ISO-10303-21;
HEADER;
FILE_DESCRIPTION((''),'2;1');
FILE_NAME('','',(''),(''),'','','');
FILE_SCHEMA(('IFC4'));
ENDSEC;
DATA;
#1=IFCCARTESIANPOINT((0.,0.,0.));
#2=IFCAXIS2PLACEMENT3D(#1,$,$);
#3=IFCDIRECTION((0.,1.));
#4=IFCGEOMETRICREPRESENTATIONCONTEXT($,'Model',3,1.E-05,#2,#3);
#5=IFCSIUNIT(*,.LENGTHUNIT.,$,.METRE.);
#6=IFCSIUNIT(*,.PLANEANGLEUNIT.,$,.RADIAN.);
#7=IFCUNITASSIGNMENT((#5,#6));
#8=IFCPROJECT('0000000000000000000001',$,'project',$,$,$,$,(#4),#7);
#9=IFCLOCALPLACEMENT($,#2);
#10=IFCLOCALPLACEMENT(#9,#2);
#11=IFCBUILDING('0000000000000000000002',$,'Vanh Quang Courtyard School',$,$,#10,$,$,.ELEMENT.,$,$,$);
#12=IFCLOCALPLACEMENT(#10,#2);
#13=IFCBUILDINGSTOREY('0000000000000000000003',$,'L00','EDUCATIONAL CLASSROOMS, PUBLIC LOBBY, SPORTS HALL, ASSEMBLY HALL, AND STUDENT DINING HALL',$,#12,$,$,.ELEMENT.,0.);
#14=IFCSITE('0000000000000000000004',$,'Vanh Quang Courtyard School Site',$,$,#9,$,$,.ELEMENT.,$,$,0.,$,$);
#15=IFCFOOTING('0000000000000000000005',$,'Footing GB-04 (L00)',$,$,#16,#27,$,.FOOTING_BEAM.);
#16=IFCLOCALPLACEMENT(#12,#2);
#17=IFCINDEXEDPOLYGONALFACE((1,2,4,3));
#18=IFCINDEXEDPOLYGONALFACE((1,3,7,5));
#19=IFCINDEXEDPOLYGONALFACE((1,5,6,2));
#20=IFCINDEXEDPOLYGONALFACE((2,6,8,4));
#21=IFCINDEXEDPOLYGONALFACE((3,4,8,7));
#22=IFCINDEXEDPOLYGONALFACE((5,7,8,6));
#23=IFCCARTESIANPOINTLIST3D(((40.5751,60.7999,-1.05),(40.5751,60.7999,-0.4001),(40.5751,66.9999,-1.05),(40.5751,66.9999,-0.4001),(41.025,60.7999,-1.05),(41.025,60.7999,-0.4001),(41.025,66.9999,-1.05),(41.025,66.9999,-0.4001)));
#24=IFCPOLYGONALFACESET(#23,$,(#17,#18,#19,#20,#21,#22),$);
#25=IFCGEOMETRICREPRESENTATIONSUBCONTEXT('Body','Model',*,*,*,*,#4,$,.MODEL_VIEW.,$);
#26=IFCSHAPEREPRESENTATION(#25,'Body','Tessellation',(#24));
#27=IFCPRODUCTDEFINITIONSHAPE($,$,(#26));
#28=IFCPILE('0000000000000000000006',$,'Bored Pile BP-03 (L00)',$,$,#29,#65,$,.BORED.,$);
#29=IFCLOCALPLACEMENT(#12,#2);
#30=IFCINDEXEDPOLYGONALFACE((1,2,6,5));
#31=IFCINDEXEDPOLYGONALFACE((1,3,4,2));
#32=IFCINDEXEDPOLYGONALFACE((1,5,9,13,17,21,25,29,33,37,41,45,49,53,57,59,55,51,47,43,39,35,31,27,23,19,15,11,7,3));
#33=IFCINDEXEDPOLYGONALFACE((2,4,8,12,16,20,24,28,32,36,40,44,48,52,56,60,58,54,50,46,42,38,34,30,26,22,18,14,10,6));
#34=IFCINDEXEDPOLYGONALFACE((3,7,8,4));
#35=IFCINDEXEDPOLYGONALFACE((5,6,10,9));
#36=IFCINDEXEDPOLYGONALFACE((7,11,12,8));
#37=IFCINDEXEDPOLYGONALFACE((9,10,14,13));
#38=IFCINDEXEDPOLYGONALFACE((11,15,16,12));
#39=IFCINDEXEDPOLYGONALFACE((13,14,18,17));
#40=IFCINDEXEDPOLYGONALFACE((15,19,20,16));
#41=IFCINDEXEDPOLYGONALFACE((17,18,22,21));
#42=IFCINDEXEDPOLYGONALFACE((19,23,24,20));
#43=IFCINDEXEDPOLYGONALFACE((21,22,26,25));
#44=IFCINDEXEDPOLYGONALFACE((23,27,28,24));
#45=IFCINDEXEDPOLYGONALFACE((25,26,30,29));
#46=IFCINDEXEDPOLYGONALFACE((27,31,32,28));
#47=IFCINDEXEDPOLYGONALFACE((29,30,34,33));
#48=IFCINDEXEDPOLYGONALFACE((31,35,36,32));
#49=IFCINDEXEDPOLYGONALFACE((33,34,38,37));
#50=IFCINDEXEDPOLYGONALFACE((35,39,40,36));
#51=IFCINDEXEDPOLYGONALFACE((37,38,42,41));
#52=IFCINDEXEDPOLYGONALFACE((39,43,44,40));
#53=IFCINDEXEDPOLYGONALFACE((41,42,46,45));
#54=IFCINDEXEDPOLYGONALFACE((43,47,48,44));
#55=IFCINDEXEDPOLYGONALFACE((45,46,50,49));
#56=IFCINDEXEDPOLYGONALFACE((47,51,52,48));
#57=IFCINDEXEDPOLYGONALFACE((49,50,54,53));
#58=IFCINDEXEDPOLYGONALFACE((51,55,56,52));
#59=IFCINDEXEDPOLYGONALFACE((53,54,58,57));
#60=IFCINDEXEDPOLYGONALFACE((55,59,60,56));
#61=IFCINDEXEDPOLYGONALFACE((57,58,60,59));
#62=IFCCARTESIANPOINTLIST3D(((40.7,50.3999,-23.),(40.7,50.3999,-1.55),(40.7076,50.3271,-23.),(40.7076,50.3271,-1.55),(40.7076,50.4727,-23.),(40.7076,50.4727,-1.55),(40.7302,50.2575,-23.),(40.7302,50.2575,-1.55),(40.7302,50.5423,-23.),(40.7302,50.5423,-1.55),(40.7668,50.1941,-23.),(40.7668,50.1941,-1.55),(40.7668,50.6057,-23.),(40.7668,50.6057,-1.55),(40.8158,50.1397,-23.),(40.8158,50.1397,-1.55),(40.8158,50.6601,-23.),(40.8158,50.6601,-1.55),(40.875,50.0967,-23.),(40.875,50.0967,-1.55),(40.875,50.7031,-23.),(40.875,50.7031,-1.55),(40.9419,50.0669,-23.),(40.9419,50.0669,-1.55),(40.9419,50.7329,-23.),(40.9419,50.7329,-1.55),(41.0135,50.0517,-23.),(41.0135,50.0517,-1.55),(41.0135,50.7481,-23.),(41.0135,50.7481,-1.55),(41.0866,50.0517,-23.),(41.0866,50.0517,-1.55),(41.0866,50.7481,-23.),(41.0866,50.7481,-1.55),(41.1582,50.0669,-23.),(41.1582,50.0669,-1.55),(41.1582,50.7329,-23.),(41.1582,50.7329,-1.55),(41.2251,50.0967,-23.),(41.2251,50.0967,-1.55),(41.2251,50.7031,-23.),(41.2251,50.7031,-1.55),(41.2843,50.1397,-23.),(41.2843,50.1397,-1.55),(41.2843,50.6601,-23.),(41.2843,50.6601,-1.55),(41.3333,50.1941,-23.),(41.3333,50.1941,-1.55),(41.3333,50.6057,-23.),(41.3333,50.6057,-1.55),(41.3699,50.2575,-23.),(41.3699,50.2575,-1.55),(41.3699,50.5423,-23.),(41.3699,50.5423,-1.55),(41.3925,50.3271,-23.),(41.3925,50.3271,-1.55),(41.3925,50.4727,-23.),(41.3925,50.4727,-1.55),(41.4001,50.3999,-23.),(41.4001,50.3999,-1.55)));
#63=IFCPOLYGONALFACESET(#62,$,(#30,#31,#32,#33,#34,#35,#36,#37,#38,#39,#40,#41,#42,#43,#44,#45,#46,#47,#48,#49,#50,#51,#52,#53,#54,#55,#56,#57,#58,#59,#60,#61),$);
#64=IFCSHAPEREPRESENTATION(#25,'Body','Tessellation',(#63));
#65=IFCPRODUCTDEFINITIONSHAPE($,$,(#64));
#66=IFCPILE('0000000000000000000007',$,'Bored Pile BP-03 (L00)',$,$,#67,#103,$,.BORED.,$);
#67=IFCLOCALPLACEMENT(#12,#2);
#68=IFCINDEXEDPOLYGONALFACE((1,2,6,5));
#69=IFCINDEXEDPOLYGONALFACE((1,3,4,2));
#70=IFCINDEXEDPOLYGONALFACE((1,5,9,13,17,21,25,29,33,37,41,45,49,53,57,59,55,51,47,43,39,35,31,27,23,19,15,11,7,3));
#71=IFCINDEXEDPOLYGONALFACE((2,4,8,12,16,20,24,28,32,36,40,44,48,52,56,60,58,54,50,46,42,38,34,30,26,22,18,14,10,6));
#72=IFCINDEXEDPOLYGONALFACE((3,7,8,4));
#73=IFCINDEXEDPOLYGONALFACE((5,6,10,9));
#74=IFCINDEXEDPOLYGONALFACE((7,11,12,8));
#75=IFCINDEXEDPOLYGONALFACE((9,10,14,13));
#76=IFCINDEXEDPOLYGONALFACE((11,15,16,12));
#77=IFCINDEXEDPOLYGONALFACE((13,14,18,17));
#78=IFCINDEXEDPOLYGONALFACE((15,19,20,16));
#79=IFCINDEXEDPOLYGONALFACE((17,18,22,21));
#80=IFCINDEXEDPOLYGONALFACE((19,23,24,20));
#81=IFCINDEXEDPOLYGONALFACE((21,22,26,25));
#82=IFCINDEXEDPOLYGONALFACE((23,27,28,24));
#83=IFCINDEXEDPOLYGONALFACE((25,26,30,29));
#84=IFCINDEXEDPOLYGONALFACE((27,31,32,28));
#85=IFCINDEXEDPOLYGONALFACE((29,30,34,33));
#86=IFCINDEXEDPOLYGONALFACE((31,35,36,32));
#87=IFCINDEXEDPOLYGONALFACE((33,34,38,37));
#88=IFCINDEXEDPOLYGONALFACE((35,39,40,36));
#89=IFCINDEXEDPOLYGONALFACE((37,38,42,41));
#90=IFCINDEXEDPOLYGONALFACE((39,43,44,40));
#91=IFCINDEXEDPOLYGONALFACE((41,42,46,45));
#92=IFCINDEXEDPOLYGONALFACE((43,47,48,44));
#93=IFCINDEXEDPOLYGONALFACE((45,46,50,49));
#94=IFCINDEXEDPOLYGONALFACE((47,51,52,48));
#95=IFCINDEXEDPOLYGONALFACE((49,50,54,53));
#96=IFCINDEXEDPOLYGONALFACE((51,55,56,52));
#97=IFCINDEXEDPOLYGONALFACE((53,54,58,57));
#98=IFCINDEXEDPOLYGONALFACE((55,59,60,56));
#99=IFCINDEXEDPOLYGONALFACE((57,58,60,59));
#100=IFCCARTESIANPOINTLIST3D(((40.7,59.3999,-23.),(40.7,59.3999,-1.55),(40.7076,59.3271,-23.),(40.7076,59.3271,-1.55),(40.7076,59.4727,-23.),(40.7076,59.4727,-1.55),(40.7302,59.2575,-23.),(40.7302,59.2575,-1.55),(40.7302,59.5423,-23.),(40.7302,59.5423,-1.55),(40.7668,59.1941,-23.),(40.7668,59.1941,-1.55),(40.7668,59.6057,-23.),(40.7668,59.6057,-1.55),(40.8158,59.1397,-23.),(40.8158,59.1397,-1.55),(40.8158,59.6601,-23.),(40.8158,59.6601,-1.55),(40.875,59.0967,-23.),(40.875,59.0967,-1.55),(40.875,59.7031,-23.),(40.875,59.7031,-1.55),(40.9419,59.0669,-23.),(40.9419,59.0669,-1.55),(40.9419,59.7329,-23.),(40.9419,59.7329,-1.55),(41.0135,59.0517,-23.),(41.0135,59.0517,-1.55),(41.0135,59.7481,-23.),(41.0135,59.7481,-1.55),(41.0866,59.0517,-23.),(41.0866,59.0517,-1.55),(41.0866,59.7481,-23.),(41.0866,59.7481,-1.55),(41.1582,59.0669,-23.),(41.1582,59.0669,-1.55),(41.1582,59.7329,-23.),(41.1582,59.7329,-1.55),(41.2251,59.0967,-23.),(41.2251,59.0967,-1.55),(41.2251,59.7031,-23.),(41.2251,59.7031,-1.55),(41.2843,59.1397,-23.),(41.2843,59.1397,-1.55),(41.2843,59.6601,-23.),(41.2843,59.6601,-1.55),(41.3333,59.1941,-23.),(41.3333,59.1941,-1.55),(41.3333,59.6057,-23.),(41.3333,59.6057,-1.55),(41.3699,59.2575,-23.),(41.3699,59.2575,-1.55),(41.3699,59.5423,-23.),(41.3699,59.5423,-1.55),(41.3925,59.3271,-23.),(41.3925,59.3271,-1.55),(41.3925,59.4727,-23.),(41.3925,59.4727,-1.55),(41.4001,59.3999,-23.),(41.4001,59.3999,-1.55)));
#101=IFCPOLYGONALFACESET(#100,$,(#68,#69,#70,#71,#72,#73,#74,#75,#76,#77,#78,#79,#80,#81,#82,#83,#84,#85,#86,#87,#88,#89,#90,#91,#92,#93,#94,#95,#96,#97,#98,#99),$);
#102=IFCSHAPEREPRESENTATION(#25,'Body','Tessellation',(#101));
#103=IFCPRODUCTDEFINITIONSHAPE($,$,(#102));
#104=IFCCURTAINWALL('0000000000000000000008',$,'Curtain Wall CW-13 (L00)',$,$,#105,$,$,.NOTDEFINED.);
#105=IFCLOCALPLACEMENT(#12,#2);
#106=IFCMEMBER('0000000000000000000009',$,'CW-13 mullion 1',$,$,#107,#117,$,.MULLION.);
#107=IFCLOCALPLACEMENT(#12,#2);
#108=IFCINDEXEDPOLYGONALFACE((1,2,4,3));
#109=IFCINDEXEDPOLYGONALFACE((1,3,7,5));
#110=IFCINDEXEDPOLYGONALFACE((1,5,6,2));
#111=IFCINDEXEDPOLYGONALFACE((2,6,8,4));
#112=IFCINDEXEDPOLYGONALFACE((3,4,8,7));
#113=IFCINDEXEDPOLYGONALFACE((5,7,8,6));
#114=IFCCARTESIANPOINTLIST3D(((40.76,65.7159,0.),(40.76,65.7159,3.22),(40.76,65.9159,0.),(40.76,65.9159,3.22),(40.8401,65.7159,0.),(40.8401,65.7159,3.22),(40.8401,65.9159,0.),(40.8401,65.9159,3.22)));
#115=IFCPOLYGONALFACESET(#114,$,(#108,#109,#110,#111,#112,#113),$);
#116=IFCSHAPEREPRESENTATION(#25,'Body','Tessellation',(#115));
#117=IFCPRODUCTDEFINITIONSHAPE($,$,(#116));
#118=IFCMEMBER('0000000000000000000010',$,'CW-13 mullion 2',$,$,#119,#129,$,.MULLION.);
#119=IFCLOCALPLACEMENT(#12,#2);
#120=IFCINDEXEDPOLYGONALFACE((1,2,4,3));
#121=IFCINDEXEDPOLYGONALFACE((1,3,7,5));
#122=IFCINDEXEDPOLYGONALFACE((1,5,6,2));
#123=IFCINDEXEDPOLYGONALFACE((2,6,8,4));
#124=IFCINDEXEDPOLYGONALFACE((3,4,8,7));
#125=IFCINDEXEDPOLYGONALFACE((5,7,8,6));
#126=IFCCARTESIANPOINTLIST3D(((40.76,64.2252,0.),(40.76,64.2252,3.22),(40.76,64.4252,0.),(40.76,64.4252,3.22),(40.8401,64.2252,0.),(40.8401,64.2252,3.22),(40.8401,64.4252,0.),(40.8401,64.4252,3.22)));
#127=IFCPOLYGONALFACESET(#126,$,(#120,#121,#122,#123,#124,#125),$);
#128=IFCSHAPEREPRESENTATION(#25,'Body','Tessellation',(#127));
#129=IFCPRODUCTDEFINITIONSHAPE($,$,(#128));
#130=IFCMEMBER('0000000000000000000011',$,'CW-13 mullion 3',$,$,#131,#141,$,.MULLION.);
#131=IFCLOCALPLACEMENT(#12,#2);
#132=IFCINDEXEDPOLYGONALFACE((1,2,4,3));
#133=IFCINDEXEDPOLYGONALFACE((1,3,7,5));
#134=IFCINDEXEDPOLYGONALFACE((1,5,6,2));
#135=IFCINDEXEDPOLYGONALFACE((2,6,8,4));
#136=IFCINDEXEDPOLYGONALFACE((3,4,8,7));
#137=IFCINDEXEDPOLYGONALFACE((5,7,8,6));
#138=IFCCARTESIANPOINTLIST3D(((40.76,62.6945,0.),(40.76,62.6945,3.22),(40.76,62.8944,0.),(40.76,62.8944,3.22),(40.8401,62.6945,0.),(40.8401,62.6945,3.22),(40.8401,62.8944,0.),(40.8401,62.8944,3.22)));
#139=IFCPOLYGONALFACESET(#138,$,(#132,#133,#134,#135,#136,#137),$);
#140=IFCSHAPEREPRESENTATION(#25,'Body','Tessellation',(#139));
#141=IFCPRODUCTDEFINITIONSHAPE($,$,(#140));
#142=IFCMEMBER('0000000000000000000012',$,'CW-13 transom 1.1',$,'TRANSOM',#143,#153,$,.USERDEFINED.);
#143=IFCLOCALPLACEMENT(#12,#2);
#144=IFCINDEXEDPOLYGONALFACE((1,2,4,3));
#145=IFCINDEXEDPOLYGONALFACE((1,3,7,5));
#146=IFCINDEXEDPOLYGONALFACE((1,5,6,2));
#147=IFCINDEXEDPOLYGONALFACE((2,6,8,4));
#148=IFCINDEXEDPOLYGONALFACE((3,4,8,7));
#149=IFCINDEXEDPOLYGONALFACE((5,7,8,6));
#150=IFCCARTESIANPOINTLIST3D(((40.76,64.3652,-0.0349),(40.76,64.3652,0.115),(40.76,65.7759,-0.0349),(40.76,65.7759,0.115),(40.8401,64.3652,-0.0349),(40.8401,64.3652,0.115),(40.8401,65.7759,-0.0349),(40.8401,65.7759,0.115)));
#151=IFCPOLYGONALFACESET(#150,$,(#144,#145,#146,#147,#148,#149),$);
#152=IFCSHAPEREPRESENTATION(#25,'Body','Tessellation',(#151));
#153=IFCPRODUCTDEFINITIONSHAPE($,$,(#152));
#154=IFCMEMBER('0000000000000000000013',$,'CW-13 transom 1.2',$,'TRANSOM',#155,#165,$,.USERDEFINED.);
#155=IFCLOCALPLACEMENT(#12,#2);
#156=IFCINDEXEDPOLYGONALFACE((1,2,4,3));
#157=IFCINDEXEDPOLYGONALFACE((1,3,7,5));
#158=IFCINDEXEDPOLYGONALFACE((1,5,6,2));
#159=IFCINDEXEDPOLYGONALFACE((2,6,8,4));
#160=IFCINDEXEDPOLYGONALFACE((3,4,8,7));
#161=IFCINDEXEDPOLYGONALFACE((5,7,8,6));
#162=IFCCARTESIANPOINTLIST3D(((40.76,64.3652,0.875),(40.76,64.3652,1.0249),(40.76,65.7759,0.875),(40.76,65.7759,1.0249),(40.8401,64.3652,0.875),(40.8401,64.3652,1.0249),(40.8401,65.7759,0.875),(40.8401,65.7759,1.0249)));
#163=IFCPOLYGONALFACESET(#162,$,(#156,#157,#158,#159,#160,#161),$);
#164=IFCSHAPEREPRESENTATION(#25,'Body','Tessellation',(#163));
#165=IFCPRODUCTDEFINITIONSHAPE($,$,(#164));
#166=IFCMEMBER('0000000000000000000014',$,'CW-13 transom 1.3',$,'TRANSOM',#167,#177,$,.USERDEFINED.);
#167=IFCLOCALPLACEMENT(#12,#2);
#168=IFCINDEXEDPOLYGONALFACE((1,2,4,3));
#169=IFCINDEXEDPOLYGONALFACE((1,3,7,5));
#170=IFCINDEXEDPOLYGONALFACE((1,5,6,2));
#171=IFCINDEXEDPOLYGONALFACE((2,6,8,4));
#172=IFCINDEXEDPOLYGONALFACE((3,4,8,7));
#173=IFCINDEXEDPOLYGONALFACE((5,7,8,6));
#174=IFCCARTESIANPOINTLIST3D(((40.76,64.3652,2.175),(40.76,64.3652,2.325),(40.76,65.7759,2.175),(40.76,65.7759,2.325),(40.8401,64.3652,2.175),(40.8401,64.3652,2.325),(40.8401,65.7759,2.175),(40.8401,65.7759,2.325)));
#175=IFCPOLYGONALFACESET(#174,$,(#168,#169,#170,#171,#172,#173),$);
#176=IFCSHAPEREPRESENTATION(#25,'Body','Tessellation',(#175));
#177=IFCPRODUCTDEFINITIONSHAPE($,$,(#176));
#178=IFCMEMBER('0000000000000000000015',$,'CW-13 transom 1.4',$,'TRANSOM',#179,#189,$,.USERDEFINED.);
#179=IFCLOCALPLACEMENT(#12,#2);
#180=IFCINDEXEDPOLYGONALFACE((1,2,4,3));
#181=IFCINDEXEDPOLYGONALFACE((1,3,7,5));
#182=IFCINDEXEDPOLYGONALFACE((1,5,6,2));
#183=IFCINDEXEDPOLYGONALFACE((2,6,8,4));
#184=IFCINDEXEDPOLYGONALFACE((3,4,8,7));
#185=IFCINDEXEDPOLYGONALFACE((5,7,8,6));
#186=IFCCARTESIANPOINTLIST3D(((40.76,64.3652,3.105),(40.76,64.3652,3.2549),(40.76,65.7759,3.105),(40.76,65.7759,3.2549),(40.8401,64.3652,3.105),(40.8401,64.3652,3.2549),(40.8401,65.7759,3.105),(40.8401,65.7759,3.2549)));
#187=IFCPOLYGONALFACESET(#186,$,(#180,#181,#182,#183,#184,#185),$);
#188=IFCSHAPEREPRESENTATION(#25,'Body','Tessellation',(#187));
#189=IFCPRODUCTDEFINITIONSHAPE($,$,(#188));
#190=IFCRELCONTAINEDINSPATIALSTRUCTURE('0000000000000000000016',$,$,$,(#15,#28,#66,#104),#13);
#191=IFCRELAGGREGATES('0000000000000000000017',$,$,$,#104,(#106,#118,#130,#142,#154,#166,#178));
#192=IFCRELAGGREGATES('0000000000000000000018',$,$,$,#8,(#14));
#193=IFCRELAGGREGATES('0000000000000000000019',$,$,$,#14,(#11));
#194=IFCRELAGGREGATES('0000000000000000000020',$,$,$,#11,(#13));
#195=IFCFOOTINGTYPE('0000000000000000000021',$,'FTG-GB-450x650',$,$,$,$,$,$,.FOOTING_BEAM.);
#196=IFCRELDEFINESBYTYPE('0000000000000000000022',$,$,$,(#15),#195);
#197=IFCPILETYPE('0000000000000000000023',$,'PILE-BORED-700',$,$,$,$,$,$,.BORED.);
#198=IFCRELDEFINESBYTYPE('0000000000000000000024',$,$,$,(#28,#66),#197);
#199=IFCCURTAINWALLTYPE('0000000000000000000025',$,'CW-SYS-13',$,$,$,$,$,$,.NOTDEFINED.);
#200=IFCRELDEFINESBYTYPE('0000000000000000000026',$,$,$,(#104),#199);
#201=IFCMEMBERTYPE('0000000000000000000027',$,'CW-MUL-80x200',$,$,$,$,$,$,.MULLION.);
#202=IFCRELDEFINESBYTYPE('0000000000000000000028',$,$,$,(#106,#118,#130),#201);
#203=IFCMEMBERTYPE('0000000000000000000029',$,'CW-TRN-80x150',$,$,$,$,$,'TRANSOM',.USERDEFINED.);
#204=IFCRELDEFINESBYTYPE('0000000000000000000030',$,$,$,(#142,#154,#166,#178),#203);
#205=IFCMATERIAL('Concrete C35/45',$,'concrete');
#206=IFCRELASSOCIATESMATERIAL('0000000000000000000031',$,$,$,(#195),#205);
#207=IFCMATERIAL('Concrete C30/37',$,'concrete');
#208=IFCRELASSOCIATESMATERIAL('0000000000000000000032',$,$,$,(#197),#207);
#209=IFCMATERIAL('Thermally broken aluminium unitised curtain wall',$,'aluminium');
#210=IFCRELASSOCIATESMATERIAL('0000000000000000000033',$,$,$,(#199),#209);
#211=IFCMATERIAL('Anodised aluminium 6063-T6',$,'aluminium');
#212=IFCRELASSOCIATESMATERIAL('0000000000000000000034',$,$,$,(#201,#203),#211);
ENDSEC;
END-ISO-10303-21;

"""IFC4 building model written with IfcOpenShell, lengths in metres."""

from ifc_helpers import new_model, si_unit, direction, frame, origin, origin_2d, place, context, subcontext, project, spatial, rectangle, circle, extrude, material, material_profile, profile_set, type_object, element, aggregate, save


model = new_model("IFC4")

# Units and contexts
model_context = context("Model", 3, precision=1e-05, world=origin(), true_north=direction((0.0, 1.0)))
body_context = subcontext(model_context, "Body", "Model", "MODEL_VIEW")
ifc_project = project(units=[si_unit("LENGTHUNIT", "METRE"), si_unit("PLANEANGLEUNIT", "RADIAN")], contexts=[model_context])

# Site, building, storey
site_placement = place(None, origin())
site = spatial("IfcSite", under=ifc_project, at=site_placement, Name="Vanh Quang Courtyard School Site", CompositionType="ELEMENT", RefElevation=0.0)
building_placement = place(site_placement, origin())
building = spatial("IfcBuilding", under=site, at=building_placement, Name="Vanh Quang Courtyard School", CompositionType="ELEMENT")
storey_placement = place(building_placement, origin())
storey = spatial("IfcBuildingStorey", under=building, at=storey_placement, Name="L00", Description="EDUCATIONAL CLASSROOMS, PUBLIC LOBBY, SPORTS HALL, ASSEMBLY HALL, AND STUDENT DINING HALL", CompositionType="ELEMENT", Elevation=0.0)

# Footing
ifc_material_1 = material(Name="Concrete C35/45", Category="concrete")
footing_type = type_object("IfcFootingType", Name="FTG-GB-450x650", PredefinedType="FOOTING_BEAM", material=ifc_material_1)
footing_placement = place(storey_placement, frame((40.8, 63.8999, -1.05), z_axis=(0.0, 0.0, 1.0), x_axis=(0.0, 1.0, 0.0)))
element("IfcFooting", 1, at=footing_placement, inside=storey, type_object=footing_type, Name="Footing GB-04 (L00)", PredefinedType="FOOTING_BEAM", context=body_context, shape_type="SweptSolid", body=[
    extrude(rectangle(XDim=6.2, YDim=0.45, at=origin_2d()), origin(), (0.0, 0.0, 1.0), 0.6499),
])

# Piles
ifc_material_2 = material(Name="Concrete C30/37", Category="concrete")
ifc_material_profile_1 = material_profile(ifc_material_2, circle(Radius=0.3501, at=origin_2d()), Name="PILE D700")
ifc_profile_set_1 = profile_set([ifc_material_profile_1], Name="Concrete C30/37")
pile_type = type_object("IfcPileType", Name="PILE-BORED-700", PredefinedType="BORED", material=ifc_profile_set_1)
for number, where, z_axis, x_axis, name in (
    (2, (41.05, 50.3999, -1.55), (0.0, 0.0, -1.0), (1.0, 0.0, 0.0), "Bored Pile BP-03 (L00)"),
    (3, (41.05, 59.3999, -1.55), (0.0, 0.0, -1.0), (1.0, 0.0, 0.0), "Bored Pile BP-03 (L00)"),
):
    element("IfcPile", number, at=place(storey_placement, frame(where, z_axis=z_axis, x_axis=x_axis)), inside=storey, type_object=pile_type, Name=name, PredefinedType="BORED", context=body_context, shape_type="SweptSolid", body=[
        extrude(circle(Radius=0.3501, at=origin_2d()), origin(), (0.0, 0.0, 1.0), 21.45),
    ])

# Curtain wall, members
ifc_material_3 = material(Name="Thermally broken aluminium unitised curtain wall", Category="aluminium")
curtain_wall_type = type_object("IfcCurtainWallType", Name="CW-SYS-13", PredefinedType="NOTDEFINED", material=ifc_material_3)
curtain_wall_placement = place(storey_placement, origin())
curtain_wall = element("IfcCurtainWall", 4, at=curtain_wall_placement, inside=storey, type_object=curtain_wall_type, Name="Curtain Wall CW-13 (L00)", PredefinedType="NOTDEFINED")
ifc_material_4 = material(Name="Anodised aluminium 6063-T6", Category="aluminium")
ifc_material_profile_2 = material_profile(ifc_material_4, rectangle(XDim=0.0801, YDim=0.2, at=origin_2d()), Name="ALU-MUL 80x200")
ifc_profile_set_2 = profile_set([ifc_material_profile_2], Name="Anodised aluminium 6063-T6")
member_type_1 = type_object("IfcMemberType", Name="CW-MUL-80x200", PredefinedType="MULLION", material=ifc_profile_set_2)
member_1_placement = place(storey_placement, frame((40.8, 65.8159, 0.0), z_axis=(0.0, 0.0, 1.0), x_axis=(1.0, 0.0, 0.0)))
member_1 = element("IfcMember", 5, at=member_1_placement, type_object=member_type_1, Name="CW-13 mullion 1", PredefinedType="MULLION", context=body_context, shape_type="SweptSolid", body=[
    extrude(rectangle(XDim=0.0801, YDim=0.2, at=origin_2d()), origin(), (0.0, 0.0, 1.0), 3.22),
])
member_2_placement = place(storey_placement, frame((40.8, 64.3252, 0.0), z_axis=(0.0, 0.0, 1.0), x_axis=(1.0, 0.0, 0.0)))
member_2 = element("IfcMember", 6, at=member_2_placement, type_object=member_type_1, Name="CW-13 mullion 2", PredefinedType="MULLION", context=body_context, shape_type="SweptSolid", body=[
    extrude(rectangle(XDim=0.0801, YDim=0.2, at=origin_2d()), origin(), (0.0, 0.0, 1.0), 3.22),
])
member_3_placement = place(storey_placement, frame((40.8, 62.7944, 0.0), z_axis=(0.0, 0.0, 1.0), x_axis=(1.0, 0.0, 0.0)))
member_3 = element("IfcMember", 7, at=member_3_placement, type_object=member_type_1, Name="CW-13 mullion 3", PredefinedType="MULLION", context=body_context, shape_type="SweptSolid", body=[
    extrude(rectangle(XDim=0.0801, YDim=0.2, at=origin_2d()), origin(), (0.0, 0.0, 1.0), 3.22),
])
ifc_material_profile_3 = material_profile(ifc_material_4, rectangle(XDim=0.0801, YDim=0.1499, at=origin_2d()), Name="ALU-TRN 80x150")
ifc_profile_set_3 = profile_set([ifc_material_profile_3], Name="Anodised aluminium 6063-T6")
member_type_2 = type_object("IfcMemberType", Name="CW-TRN-80x150", ElementType="TRANSOM", PredefinedType="USERDEFINED", material=ifc_profile_set_3)
member_4_placement = place(storey_placement, frame((40.8, 65.7759, 0.04), z_axis=(0.0, -1.0, 0.0), x_axis=(1.0, 0.0, 0.0)))
member_4 = element("IfcMember", 8, at=member_4_placement, type_object=member_type_2, Name="CW-13 transom 1.1", ObjectType="TRANSOM", PredefinedType="USERDEFINED", context=body_context, shape_type="SweptSolid", body=[
    extrude(rectangle(XDim=0.0801, YDim=0.1499, at=origin_2d()), origin(), (0.0, 0.0, 1.0), 1.4106),
])
member_5_placement = place(storey_placement, frame((40.8, 65.7759, 0.95), z_axis=(0.0, -1.0, 0.0), x_axis=(1.0, 0.0, 0.0)))
member_5 = element("IfcMember", 9, at=member_5_placement, type_object=member_type_2, Name="CW-13 transom 1.2", ObjectType="TRANSOM", PredefinedType="USERDEFINED", context=body_context, shape_type="SweptSolid", body=[
    extrude(rectangle(XDim=0.0801, YDim=0.1499, at=origin_2d()), origin(), (0.0, 0.0, 1.0), 1.4106),
])
member_6_placement = place(storey_placement, frame((40.8, 65.7759, 2.25), z_axis=(0.0, -1.0, 0.0), x_axis=(1.0, 0.0, 0.0)))
member_6 = element("IfcMember", 10, at=member_6_placement, type_object=member_type_2, Name="CW-13 transom 1.3", ObjectType="TRANSOM", PredefinedType="USERDEFINED", context=body_context, shape_type="SweptSolid", body=[
    extrude(rectangle(XDim=0.0801, YDim=0.1499, at=origin_2d()), origin(), (0.0, 0.0, 1.0), 1.4106),
])
member_7_placement = place(storey_placement, frame((40.8, 65.7759, 3.1799), z_axis=(0.0, -1.0, 0.0), x_axis=(1.0, 0.0, 0.0)))
member_7 = element("IfcMember", 11, at=member_7_placement, type_object=member_type_2, Name="CW-13 transom 1.4", ObjectType="TRANSOM", PredefinedType="USERDEFINED", context=body_context, shape_type="SweptSolid", body=[
    extrude(rectangle(XDim=0.0801, YDim=0.1499, at=origin_2d()), origin(), (0.0, 0.0, 1.0), 1.4106),
])
aggregate(curtain_wall, [member_1, member_2, member_3, member_4, member_5, member_6, member_7])

save(model, "model.ifc")
